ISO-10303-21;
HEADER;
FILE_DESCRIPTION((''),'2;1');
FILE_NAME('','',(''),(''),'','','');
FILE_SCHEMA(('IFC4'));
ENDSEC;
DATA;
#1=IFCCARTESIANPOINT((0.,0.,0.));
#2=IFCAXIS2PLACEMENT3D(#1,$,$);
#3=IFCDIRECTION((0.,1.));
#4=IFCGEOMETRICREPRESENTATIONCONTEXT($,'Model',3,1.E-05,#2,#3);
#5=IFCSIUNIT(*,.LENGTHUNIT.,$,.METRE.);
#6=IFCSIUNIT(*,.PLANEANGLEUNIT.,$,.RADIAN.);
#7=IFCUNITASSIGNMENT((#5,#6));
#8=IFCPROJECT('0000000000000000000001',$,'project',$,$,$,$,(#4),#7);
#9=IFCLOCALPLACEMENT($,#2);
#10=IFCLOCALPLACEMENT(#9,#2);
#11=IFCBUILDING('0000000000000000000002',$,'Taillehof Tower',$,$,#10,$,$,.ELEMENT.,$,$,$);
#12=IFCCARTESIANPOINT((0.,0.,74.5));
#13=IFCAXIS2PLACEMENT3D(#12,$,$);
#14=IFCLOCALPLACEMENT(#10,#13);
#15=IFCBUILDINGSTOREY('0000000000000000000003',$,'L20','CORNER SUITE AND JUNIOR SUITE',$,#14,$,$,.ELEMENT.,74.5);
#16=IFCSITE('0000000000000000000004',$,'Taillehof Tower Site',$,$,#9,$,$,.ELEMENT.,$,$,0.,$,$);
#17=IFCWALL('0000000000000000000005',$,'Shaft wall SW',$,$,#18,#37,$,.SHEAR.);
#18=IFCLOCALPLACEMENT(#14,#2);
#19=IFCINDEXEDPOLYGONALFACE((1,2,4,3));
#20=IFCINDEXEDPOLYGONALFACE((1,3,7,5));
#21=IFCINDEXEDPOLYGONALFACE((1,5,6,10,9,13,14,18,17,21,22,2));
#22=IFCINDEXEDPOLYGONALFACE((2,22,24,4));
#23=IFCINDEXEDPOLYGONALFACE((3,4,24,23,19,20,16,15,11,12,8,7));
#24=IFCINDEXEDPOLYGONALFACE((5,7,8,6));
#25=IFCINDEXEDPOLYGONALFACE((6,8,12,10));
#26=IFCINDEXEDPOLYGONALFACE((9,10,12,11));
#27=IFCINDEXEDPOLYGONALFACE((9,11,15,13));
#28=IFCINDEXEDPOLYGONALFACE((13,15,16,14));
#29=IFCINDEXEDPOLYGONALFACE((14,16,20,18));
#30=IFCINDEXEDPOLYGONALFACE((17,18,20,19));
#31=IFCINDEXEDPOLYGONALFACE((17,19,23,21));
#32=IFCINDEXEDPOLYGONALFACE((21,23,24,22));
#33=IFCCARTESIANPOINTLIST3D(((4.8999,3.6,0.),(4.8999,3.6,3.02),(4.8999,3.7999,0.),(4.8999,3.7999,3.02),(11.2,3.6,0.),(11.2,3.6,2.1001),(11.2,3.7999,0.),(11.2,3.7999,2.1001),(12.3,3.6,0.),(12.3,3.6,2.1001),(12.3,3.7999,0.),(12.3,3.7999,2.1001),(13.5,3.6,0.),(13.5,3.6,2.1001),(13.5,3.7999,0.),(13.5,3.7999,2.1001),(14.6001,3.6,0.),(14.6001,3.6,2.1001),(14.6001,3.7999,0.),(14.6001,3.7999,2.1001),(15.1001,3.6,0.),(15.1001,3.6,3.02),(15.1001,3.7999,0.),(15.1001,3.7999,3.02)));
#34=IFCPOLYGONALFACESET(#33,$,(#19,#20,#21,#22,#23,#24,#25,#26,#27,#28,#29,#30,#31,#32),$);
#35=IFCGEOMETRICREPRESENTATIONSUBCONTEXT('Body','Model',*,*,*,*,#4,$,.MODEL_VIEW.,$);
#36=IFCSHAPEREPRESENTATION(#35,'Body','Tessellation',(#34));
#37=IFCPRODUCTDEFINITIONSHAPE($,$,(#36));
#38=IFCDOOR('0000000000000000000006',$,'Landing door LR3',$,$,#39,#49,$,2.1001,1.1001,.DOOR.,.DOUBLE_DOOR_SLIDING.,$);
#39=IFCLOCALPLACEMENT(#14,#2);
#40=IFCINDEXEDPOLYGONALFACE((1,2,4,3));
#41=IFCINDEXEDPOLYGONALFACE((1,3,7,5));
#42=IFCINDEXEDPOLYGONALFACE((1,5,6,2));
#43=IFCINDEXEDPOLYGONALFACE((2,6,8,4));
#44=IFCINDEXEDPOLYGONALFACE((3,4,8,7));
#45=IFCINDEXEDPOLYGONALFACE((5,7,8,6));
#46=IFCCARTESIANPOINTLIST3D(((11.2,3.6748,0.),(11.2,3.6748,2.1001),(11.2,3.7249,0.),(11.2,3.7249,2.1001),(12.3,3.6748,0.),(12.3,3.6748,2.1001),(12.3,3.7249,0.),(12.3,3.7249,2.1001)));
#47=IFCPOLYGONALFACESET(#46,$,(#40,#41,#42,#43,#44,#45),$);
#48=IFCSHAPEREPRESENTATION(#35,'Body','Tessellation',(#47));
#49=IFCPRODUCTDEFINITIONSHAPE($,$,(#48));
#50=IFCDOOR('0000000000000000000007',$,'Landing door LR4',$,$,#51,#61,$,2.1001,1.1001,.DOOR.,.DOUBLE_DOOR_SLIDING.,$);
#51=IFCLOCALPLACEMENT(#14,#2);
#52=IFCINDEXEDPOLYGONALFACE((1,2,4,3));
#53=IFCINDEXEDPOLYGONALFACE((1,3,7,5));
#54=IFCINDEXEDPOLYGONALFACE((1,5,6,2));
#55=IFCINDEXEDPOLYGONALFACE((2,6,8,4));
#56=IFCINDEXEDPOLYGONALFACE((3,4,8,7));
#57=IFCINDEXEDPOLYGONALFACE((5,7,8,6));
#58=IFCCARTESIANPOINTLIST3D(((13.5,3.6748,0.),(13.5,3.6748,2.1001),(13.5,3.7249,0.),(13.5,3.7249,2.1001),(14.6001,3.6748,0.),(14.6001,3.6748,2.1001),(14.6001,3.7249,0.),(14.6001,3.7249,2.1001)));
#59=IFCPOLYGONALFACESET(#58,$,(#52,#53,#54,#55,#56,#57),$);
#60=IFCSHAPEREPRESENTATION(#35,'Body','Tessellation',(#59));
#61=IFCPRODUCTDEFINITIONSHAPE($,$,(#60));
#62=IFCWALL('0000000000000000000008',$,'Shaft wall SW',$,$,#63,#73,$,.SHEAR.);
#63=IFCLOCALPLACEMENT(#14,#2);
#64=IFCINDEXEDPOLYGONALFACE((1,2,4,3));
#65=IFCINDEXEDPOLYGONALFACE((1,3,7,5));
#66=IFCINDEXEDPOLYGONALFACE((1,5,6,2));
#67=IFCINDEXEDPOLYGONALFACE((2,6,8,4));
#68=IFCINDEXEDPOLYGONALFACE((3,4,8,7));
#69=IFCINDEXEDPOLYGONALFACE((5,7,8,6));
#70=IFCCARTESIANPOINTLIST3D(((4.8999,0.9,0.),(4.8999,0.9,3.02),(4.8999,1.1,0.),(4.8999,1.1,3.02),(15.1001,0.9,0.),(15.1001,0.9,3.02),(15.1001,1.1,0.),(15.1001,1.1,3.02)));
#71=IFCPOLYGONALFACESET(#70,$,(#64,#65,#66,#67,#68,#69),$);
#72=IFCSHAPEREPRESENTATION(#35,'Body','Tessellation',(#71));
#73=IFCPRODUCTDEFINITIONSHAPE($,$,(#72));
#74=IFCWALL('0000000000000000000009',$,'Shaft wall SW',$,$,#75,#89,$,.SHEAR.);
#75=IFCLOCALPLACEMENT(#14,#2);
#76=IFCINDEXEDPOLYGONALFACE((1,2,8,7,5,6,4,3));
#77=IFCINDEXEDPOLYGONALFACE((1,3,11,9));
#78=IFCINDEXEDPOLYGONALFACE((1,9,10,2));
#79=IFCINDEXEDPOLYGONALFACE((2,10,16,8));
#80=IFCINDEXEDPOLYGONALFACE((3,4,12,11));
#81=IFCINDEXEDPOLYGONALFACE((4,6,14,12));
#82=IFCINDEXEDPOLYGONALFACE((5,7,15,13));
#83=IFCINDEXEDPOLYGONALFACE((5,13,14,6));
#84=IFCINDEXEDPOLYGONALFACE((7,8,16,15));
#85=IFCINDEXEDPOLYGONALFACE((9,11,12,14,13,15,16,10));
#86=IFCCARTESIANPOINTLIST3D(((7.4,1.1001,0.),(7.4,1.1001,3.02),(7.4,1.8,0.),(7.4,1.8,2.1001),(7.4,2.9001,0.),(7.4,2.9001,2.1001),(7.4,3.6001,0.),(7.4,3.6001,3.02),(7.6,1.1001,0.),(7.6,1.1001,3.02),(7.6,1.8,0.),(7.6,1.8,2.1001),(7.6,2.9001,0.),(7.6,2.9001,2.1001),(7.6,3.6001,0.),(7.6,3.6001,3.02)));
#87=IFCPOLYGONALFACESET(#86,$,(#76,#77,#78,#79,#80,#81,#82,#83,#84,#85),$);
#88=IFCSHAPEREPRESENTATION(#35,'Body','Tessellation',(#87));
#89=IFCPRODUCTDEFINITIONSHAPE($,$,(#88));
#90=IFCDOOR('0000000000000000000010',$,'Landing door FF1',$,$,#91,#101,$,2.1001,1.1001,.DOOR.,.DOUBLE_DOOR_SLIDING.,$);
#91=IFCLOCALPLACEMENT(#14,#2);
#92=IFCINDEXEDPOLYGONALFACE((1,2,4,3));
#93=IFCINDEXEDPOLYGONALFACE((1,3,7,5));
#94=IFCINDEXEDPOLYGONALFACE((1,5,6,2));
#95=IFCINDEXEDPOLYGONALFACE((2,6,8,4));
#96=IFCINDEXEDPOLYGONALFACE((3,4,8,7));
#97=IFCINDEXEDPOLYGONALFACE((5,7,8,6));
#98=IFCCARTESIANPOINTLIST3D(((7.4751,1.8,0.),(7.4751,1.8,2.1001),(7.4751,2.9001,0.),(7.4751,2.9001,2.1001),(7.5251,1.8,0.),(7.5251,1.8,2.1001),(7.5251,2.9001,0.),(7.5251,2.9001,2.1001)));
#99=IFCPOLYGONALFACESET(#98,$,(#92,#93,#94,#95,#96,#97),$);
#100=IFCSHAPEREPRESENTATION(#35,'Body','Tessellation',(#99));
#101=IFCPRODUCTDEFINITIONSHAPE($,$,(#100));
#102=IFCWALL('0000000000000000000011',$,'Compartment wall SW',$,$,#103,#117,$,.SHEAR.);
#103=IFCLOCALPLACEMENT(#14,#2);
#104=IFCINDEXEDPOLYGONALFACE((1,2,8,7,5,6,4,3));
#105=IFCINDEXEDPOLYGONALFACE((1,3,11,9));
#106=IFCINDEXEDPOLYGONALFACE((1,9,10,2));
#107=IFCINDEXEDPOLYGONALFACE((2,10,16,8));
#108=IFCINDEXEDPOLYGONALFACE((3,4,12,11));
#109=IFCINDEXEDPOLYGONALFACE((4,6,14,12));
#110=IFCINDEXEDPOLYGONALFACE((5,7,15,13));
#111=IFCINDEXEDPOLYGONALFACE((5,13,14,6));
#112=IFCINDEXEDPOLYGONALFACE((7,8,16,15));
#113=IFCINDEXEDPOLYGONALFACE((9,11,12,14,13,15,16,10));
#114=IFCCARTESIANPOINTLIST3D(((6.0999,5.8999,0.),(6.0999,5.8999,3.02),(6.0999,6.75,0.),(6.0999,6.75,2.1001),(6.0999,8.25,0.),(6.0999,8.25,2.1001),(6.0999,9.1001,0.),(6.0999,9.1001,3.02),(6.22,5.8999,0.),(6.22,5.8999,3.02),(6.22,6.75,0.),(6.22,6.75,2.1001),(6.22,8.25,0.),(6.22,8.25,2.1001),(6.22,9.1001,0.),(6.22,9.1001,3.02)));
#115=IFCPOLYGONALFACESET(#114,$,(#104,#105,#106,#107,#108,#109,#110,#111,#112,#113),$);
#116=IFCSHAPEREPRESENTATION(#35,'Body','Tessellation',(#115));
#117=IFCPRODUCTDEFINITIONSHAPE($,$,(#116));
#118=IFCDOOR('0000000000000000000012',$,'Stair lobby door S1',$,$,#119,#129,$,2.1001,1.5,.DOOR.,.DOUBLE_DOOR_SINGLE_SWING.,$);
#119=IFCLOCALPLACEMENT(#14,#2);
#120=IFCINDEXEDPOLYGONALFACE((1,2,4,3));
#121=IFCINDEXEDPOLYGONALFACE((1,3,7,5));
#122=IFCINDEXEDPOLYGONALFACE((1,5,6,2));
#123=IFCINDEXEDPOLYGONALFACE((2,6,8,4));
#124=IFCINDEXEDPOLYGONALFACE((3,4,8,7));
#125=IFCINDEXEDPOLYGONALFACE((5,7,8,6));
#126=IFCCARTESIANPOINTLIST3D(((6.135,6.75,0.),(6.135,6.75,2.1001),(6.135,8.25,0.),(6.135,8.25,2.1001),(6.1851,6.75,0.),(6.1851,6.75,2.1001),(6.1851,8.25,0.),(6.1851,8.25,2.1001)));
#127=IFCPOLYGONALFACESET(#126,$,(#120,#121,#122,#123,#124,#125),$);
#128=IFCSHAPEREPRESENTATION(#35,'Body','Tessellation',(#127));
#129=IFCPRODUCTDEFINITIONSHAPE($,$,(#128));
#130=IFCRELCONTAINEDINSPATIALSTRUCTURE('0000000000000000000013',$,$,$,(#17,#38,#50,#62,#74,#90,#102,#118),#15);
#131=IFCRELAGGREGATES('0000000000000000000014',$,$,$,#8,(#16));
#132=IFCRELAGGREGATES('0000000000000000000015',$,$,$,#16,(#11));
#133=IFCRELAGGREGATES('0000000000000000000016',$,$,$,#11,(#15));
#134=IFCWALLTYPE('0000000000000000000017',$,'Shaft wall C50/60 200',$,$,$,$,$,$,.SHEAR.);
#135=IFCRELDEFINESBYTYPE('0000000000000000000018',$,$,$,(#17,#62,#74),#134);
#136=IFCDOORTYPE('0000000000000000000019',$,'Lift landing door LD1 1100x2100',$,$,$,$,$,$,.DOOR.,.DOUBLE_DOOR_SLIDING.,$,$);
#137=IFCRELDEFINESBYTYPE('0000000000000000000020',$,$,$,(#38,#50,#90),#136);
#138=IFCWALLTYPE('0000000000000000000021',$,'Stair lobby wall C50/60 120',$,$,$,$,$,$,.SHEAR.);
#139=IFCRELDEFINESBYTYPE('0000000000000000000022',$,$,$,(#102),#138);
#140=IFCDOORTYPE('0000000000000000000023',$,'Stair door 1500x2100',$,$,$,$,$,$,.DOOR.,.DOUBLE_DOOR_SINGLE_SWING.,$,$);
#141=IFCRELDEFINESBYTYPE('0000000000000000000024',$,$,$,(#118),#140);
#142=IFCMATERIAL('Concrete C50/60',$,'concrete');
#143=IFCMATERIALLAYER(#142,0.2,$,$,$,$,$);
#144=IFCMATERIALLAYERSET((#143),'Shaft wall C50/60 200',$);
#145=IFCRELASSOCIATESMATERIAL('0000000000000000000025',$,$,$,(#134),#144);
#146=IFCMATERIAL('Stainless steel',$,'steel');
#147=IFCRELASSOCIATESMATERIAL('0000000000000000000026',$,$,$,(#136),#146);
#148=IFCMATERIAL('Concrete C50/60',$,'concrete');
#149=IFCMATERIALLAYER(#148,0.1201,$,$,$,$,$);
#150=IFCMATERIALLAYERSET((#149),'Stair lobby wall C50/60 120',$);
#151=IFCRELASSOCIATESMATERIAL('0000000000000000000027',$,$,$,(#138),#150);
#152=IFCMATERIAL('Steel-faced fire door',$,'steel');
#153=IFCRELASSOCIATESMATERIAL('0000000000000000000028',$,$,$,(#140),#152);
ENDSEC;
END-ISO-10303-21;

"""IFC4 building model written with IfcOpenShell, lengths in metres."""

from ifc_helpers import new_model, si_unit, direction, frame, frame_2d, origin, place, context, subcontext, project, spatial, rectangle, extrude, material, layer, layer_set, type_object, element, fill, save


model = new_model("IFC4")

# Units and contexts
model_context = context("Model", 3, precision=1e-05, world=origin(), true_north=direction((0.0, 1.0)))
body_context = subcontext(model_context, "Body", "Model", "MODEL_VIEW")
ifc_project = project(units=[si_unit("LENGTHUNIT", "METRE"), si_unit("PLANEANGLEUNIT", "RADIAN")], contexts=[model_context])

# Site, building, storey
site_placement = place(None, origin())
site = spatial("IfcSite", under=ifc_project, at=site_placement, Name="Taillehof Tower Site", CompositionType="ELEMENT", RefElevation=0.0)
building_placement = place(site_placement, origin())
building = spatial("IfcBuilding", under=site, at=building_placement, Name="Taillehof Tower", CompositionType="ELEMENT")
storey_placement = place(building_placement, frame((0.0, 0.0, 74.5)))
storey = spatial("IfcBuildingStorey", under=building, at=storey_placement, Name="L20", Description="CORNER SUITE AND JUNIOR SUITE", CompositionType="ELEMENT", Elevation=74.5)

# Wall, openings, doors
ifc_material_1 = material(Name="Concrete C50/60", Category="concrete")
ifc_layer_1 = layer(ifc_material_1, 0.2)
ifc_layer_set_1 = layer_set([ifc_layer_1], Name="Shaft wall C50/60 200")
wall_type_1 = type_object("IfcWallType", Name="Shaft wall C50/60 200", PredefinedType="SHEAR", material=ifc_layer_set_1)
ifc_material_2 = material(Name="Stainless steel", Category="steel")
door_type_1 = type_object("IfcDoorType", Name="Lift landing door LD1 1100x2100", OperationType="DOUBLE_DOOR_SLIDING", PredefinedType="DOOR", material=ifc_material_2)
wall_1_placement = place(storey_placement, frame((4.8999, 3.7, 0.0), z_axis=(0.0, 0.0, 1.0), x_axis=(1.0, 0.0, 0.0)))
wall_1 = element("IfcWall", 1, at=wall_1_placement, inside=storey, type_object=wall_type_1, Name="Shaft wall SW", PredefinedType="SHEAR", context=body_context, shape_type="SweptSolid", body=[
    extrude(rectangle(XDim=10.2002, YDim=0.2, at=frame_2d((5.1001, 0.0))), origin(), (0.0, 0.0, 1.0), 3.02),
])
opening_1_placement = place(wall_1_placement, frame((6.3, 0.0, 0.0)))
opening_1 = element("IfcOpeningElement", 2, at=opening_1_placement, cuts=wall_1, PredefinedType="OPENING", context=body_context, shape_type="SweptSolid", body=[
    extrude(rectangle(XDim=1.1001, YDim=2.1001, at=frame_2d((0.55, 1.05))), frame((0.0, 0.1099, 0.0), z_axis=(0.0, -1.0, 0.0), x_axis=(1.0, 0.0, 0.0)), (0.0, 0.0, 1.0), 0.22),
])
opening_2_placement = place(wall_1_placement, frame((8.6001, 0.0, 0.0)))
opening_2 = element("IfcOpeningElement", 3, at=opening_2_placement, cuts=wall_1, PredefinedType="OPENING", context=body_context, shape_type="SweptSolid", body=[
    extrude(rectangle(XDim=1.1001, YDim=2.1001, at=frame_2d((0.55, 1.05))), frame((0.0, 0.1099, 0.0), z_axis=(0.0, -1.0, 0.0), x_axis=(1.0, 0.0, 0.0)), (0.0, 0.0, 1.0), 0.22),
])
door_1_placement = place(opening_1_placement, origin())
door_1 = element("IfcDoor", 4, at=door_1_placement, inside=storey, type_object=door_type_1, Name="Landing door LR3", OperationType="DOUBLE_DOOR_SLIDING", OverallHeight=2.1001, OverallWidth=1.1001, PredefinedType="DOOR", context=body_context, shape_type="SweptSolid", body=[
    extrude(rectangle(XDim=1.1001, YDim=2.1001, at=frame_2d((0.55, 1.05))), frame((0.0, 0.0249, 0.0), z_axis=(0.0, -1.0, 0.0), x_axis=(1.0, 0.0, 0.0)), (0.0, 0.0, 1.0), 0.05),
])
fill(opening_1, door_1)
door_2_placement = place(opening_2_placement, origin())
door_2 = element("IfcDoor", 5, at=door_2_placement, inside=storey, type_object=door_type_1, Name="Landing door LR4", OperationType="DOUBLE_DOOR_SLIDING", OverallHeight=2.1001, OverallWidth=1.1001, PredefinedType="DOOR", context=body_context, shape_type="SweptSolid", body=[
    extrude(rectangle(XDim=1.1001, YDim=2.1001, at=frame_2d((0.55, 1.05))), frame((0.0, 0.0249, 0.0), z_axis=(0.0, -1.0, 0.0), x_axis=(1.0, 0.0, 0.0)), (0.0, 0.0, 1.0), 0.05),
])
fill(opening_2, door_2)

# Wall
wall_2_placement = place(storey_placement, frame((4.8999, 1.0, 0.0), z_axis=(0.0, 0.0, 1.0), x_axis=(1.0, 0.0, 0.0)))
element("IfcWall", 6, at=wall_2_placement, inside=storey, type_object=wall_type_1, Name="Shaft wall SW", PredefinedType="SHEAR", context=body_context, shape_type="SweptSolid", body=[
    extrude(rectangle(XDim=10.2002, YDim=0.2, at=frame_2d((5.1001, 0.0))), origin(), (0.0, 0.0, 1.0), 3.02),
])

# Walls, openings, doors
wall_3_placement = place(storey_placement, frame((7.5, 1.1001, 0.0), z_axis=(0.0, 0.0, 1.0), x_axis=(0.0, 1.0, 0.0)))
wall_3 = element("IfcWall", 7, at=wall_3_placement, inside=storey, type_object=wall_type_1, Name="Shaft wall SW", PredefinedType="SHEAR", context=body_context, shape_type="SweptSolid", body=[
    extrude(rectangle(XDim=2.5, YDim=0.2, at=frame_2d((1.25, 0.0))), origin(), (0.0, 0.0, 1.0), 3.02),
])
opening_3_placement = place(wall_3_placement, frame((0.7, 0.0, 0.0)))
opening_3 = element("IfcOpeningElement", 8, at=opening_3_placement, cuts=wall_3, PredefinedType="OPENING", context=body_context, shape_type="SweptSolid", body=[
    extrude(rectangle(XDim=1.1001, YDim=2.1001, at=frame_2d((0.55, 1.05))), frame((0.0, 0.1099, 0.0), z_axis=(0.0, -1.0, 0.0), x_axis=(1.0, 0.0, 0.0)), (0.0, 0.0, 1.0), 0.22),
])
door_3_placement = place(opening_3_placement, origin())
door_3 = element("IfcDoor", 9, at=door_3_placement, inside=storey, type_object=door_type_1, Name="Landing door FF1", OperationType="DOUBLE_DOOR_SLIDING", OverallHeight=2.1001, OverallWidth=1.1001, PredefinedType="DOOR", context=body_context, shape_type="SweptSolid", body=[
    extrude(rectangle(XDim=1.1001, YDim=2.1001, at=frame_2d((0.55, 1.05))), frame((0.0, 0.0249, 0.0), z_axis=(0.0, -1.0, 0.0), x_axis=(1.0, 0.0, 0.0)), (0.0, 0.0, 1.0), 0.05),
])
fill(opening_3, door_3)
ifc_material_3 = material(Name="Concrete C50/60", Category="concrete")
ifc_layer_2 = layer(ifc_material_3, 0.1201)
ifc_layer_set_2 = layer_set([ifc_layer_2], Name="Stair lobby wall C50/60 120")
wall_type_2 = type_object("IfcWallType", Name="Stair lobby wall C50/60 120", PredefinedType="SHEAR", material=ifc_layer_set_2)
wall_4_placement = place(storey_placement, frame((6.1599, 5.8999, 0.0), z_axis=(0.0, 0.0, 1.0), x_axis=(0.0, 1.0, 0.0)))
wall_4 = element("IfcWall", 10, at=wall_4_placement, inside=storey, type_object=wall_type_2, Name="Compartment wall SW", PredefinedType="SHEAR", context=body_context, shape_type="SweptSolid", body=[
    extrude(rectangle(XDim=3.2002, YDim=0.1201, at=frame_2d((1.6001, 0.0))), origin(), (0.0, 0.0, 1.0), 3.02),
])
opening_4_placement = place(wall_4_placement, frame((0.8501, 0.0, 0.0)))
opening_4 = element("IfcOpeningElement", 11, at=opening_4_placement, cuts=wall_4, PredefinedType="OPENING", context=body_context, shape_type="SweptSolid", body=[
    extrude(rectangle(XDim=1.5, YDim=2.1001, at=frame_2d((0.75, 1.05))), frame((0.0, 0.0701, 0.0), z_axis=(0.0, -1.0, 0.0), x_axis=(1.0, 0.0, 0.0)), (0.0, 0.0, 1.0), 0.1401),
])
ifc_material_4 = material(Name="Steel-faced fire door", Category="steel")
door_type_2 = type_object("IfcDoorType", Name="Stair door 1500x2100", OperationType="DOUBLE_DOOR_SINGLE_SWING", PredefinedType="DOOR", material=ifc_material_4)
door_4_placement = place(opening_4_placement, origin())
door_4 = element("IfcDoor", 12, at=door_4_placement, inside=storey, type_object=door_type_2, Name="Stair lobby door S1", OperationType="DOUBLE_DOOR_SINGLE_SWING", OverallHeight=2.1001, OverallWidth=1.5, PredefinedType="DOOR", context=body_context, shape_type="SweptSolid", body=[
    extrude(rectangle(XDim=1.5, YDim=2.1001, at=frame_2d((0.75, 1.05))), frame((0.0, 0.0249, 0.0), z_axis=(0.0, -1.0, 0.0), x_axis=(1.0, 0.0, 0.0)), (0.0, 0.0, 1.0), 0.05),
])
fill(opening_4, door_4)

save(model, "model.ifc")
